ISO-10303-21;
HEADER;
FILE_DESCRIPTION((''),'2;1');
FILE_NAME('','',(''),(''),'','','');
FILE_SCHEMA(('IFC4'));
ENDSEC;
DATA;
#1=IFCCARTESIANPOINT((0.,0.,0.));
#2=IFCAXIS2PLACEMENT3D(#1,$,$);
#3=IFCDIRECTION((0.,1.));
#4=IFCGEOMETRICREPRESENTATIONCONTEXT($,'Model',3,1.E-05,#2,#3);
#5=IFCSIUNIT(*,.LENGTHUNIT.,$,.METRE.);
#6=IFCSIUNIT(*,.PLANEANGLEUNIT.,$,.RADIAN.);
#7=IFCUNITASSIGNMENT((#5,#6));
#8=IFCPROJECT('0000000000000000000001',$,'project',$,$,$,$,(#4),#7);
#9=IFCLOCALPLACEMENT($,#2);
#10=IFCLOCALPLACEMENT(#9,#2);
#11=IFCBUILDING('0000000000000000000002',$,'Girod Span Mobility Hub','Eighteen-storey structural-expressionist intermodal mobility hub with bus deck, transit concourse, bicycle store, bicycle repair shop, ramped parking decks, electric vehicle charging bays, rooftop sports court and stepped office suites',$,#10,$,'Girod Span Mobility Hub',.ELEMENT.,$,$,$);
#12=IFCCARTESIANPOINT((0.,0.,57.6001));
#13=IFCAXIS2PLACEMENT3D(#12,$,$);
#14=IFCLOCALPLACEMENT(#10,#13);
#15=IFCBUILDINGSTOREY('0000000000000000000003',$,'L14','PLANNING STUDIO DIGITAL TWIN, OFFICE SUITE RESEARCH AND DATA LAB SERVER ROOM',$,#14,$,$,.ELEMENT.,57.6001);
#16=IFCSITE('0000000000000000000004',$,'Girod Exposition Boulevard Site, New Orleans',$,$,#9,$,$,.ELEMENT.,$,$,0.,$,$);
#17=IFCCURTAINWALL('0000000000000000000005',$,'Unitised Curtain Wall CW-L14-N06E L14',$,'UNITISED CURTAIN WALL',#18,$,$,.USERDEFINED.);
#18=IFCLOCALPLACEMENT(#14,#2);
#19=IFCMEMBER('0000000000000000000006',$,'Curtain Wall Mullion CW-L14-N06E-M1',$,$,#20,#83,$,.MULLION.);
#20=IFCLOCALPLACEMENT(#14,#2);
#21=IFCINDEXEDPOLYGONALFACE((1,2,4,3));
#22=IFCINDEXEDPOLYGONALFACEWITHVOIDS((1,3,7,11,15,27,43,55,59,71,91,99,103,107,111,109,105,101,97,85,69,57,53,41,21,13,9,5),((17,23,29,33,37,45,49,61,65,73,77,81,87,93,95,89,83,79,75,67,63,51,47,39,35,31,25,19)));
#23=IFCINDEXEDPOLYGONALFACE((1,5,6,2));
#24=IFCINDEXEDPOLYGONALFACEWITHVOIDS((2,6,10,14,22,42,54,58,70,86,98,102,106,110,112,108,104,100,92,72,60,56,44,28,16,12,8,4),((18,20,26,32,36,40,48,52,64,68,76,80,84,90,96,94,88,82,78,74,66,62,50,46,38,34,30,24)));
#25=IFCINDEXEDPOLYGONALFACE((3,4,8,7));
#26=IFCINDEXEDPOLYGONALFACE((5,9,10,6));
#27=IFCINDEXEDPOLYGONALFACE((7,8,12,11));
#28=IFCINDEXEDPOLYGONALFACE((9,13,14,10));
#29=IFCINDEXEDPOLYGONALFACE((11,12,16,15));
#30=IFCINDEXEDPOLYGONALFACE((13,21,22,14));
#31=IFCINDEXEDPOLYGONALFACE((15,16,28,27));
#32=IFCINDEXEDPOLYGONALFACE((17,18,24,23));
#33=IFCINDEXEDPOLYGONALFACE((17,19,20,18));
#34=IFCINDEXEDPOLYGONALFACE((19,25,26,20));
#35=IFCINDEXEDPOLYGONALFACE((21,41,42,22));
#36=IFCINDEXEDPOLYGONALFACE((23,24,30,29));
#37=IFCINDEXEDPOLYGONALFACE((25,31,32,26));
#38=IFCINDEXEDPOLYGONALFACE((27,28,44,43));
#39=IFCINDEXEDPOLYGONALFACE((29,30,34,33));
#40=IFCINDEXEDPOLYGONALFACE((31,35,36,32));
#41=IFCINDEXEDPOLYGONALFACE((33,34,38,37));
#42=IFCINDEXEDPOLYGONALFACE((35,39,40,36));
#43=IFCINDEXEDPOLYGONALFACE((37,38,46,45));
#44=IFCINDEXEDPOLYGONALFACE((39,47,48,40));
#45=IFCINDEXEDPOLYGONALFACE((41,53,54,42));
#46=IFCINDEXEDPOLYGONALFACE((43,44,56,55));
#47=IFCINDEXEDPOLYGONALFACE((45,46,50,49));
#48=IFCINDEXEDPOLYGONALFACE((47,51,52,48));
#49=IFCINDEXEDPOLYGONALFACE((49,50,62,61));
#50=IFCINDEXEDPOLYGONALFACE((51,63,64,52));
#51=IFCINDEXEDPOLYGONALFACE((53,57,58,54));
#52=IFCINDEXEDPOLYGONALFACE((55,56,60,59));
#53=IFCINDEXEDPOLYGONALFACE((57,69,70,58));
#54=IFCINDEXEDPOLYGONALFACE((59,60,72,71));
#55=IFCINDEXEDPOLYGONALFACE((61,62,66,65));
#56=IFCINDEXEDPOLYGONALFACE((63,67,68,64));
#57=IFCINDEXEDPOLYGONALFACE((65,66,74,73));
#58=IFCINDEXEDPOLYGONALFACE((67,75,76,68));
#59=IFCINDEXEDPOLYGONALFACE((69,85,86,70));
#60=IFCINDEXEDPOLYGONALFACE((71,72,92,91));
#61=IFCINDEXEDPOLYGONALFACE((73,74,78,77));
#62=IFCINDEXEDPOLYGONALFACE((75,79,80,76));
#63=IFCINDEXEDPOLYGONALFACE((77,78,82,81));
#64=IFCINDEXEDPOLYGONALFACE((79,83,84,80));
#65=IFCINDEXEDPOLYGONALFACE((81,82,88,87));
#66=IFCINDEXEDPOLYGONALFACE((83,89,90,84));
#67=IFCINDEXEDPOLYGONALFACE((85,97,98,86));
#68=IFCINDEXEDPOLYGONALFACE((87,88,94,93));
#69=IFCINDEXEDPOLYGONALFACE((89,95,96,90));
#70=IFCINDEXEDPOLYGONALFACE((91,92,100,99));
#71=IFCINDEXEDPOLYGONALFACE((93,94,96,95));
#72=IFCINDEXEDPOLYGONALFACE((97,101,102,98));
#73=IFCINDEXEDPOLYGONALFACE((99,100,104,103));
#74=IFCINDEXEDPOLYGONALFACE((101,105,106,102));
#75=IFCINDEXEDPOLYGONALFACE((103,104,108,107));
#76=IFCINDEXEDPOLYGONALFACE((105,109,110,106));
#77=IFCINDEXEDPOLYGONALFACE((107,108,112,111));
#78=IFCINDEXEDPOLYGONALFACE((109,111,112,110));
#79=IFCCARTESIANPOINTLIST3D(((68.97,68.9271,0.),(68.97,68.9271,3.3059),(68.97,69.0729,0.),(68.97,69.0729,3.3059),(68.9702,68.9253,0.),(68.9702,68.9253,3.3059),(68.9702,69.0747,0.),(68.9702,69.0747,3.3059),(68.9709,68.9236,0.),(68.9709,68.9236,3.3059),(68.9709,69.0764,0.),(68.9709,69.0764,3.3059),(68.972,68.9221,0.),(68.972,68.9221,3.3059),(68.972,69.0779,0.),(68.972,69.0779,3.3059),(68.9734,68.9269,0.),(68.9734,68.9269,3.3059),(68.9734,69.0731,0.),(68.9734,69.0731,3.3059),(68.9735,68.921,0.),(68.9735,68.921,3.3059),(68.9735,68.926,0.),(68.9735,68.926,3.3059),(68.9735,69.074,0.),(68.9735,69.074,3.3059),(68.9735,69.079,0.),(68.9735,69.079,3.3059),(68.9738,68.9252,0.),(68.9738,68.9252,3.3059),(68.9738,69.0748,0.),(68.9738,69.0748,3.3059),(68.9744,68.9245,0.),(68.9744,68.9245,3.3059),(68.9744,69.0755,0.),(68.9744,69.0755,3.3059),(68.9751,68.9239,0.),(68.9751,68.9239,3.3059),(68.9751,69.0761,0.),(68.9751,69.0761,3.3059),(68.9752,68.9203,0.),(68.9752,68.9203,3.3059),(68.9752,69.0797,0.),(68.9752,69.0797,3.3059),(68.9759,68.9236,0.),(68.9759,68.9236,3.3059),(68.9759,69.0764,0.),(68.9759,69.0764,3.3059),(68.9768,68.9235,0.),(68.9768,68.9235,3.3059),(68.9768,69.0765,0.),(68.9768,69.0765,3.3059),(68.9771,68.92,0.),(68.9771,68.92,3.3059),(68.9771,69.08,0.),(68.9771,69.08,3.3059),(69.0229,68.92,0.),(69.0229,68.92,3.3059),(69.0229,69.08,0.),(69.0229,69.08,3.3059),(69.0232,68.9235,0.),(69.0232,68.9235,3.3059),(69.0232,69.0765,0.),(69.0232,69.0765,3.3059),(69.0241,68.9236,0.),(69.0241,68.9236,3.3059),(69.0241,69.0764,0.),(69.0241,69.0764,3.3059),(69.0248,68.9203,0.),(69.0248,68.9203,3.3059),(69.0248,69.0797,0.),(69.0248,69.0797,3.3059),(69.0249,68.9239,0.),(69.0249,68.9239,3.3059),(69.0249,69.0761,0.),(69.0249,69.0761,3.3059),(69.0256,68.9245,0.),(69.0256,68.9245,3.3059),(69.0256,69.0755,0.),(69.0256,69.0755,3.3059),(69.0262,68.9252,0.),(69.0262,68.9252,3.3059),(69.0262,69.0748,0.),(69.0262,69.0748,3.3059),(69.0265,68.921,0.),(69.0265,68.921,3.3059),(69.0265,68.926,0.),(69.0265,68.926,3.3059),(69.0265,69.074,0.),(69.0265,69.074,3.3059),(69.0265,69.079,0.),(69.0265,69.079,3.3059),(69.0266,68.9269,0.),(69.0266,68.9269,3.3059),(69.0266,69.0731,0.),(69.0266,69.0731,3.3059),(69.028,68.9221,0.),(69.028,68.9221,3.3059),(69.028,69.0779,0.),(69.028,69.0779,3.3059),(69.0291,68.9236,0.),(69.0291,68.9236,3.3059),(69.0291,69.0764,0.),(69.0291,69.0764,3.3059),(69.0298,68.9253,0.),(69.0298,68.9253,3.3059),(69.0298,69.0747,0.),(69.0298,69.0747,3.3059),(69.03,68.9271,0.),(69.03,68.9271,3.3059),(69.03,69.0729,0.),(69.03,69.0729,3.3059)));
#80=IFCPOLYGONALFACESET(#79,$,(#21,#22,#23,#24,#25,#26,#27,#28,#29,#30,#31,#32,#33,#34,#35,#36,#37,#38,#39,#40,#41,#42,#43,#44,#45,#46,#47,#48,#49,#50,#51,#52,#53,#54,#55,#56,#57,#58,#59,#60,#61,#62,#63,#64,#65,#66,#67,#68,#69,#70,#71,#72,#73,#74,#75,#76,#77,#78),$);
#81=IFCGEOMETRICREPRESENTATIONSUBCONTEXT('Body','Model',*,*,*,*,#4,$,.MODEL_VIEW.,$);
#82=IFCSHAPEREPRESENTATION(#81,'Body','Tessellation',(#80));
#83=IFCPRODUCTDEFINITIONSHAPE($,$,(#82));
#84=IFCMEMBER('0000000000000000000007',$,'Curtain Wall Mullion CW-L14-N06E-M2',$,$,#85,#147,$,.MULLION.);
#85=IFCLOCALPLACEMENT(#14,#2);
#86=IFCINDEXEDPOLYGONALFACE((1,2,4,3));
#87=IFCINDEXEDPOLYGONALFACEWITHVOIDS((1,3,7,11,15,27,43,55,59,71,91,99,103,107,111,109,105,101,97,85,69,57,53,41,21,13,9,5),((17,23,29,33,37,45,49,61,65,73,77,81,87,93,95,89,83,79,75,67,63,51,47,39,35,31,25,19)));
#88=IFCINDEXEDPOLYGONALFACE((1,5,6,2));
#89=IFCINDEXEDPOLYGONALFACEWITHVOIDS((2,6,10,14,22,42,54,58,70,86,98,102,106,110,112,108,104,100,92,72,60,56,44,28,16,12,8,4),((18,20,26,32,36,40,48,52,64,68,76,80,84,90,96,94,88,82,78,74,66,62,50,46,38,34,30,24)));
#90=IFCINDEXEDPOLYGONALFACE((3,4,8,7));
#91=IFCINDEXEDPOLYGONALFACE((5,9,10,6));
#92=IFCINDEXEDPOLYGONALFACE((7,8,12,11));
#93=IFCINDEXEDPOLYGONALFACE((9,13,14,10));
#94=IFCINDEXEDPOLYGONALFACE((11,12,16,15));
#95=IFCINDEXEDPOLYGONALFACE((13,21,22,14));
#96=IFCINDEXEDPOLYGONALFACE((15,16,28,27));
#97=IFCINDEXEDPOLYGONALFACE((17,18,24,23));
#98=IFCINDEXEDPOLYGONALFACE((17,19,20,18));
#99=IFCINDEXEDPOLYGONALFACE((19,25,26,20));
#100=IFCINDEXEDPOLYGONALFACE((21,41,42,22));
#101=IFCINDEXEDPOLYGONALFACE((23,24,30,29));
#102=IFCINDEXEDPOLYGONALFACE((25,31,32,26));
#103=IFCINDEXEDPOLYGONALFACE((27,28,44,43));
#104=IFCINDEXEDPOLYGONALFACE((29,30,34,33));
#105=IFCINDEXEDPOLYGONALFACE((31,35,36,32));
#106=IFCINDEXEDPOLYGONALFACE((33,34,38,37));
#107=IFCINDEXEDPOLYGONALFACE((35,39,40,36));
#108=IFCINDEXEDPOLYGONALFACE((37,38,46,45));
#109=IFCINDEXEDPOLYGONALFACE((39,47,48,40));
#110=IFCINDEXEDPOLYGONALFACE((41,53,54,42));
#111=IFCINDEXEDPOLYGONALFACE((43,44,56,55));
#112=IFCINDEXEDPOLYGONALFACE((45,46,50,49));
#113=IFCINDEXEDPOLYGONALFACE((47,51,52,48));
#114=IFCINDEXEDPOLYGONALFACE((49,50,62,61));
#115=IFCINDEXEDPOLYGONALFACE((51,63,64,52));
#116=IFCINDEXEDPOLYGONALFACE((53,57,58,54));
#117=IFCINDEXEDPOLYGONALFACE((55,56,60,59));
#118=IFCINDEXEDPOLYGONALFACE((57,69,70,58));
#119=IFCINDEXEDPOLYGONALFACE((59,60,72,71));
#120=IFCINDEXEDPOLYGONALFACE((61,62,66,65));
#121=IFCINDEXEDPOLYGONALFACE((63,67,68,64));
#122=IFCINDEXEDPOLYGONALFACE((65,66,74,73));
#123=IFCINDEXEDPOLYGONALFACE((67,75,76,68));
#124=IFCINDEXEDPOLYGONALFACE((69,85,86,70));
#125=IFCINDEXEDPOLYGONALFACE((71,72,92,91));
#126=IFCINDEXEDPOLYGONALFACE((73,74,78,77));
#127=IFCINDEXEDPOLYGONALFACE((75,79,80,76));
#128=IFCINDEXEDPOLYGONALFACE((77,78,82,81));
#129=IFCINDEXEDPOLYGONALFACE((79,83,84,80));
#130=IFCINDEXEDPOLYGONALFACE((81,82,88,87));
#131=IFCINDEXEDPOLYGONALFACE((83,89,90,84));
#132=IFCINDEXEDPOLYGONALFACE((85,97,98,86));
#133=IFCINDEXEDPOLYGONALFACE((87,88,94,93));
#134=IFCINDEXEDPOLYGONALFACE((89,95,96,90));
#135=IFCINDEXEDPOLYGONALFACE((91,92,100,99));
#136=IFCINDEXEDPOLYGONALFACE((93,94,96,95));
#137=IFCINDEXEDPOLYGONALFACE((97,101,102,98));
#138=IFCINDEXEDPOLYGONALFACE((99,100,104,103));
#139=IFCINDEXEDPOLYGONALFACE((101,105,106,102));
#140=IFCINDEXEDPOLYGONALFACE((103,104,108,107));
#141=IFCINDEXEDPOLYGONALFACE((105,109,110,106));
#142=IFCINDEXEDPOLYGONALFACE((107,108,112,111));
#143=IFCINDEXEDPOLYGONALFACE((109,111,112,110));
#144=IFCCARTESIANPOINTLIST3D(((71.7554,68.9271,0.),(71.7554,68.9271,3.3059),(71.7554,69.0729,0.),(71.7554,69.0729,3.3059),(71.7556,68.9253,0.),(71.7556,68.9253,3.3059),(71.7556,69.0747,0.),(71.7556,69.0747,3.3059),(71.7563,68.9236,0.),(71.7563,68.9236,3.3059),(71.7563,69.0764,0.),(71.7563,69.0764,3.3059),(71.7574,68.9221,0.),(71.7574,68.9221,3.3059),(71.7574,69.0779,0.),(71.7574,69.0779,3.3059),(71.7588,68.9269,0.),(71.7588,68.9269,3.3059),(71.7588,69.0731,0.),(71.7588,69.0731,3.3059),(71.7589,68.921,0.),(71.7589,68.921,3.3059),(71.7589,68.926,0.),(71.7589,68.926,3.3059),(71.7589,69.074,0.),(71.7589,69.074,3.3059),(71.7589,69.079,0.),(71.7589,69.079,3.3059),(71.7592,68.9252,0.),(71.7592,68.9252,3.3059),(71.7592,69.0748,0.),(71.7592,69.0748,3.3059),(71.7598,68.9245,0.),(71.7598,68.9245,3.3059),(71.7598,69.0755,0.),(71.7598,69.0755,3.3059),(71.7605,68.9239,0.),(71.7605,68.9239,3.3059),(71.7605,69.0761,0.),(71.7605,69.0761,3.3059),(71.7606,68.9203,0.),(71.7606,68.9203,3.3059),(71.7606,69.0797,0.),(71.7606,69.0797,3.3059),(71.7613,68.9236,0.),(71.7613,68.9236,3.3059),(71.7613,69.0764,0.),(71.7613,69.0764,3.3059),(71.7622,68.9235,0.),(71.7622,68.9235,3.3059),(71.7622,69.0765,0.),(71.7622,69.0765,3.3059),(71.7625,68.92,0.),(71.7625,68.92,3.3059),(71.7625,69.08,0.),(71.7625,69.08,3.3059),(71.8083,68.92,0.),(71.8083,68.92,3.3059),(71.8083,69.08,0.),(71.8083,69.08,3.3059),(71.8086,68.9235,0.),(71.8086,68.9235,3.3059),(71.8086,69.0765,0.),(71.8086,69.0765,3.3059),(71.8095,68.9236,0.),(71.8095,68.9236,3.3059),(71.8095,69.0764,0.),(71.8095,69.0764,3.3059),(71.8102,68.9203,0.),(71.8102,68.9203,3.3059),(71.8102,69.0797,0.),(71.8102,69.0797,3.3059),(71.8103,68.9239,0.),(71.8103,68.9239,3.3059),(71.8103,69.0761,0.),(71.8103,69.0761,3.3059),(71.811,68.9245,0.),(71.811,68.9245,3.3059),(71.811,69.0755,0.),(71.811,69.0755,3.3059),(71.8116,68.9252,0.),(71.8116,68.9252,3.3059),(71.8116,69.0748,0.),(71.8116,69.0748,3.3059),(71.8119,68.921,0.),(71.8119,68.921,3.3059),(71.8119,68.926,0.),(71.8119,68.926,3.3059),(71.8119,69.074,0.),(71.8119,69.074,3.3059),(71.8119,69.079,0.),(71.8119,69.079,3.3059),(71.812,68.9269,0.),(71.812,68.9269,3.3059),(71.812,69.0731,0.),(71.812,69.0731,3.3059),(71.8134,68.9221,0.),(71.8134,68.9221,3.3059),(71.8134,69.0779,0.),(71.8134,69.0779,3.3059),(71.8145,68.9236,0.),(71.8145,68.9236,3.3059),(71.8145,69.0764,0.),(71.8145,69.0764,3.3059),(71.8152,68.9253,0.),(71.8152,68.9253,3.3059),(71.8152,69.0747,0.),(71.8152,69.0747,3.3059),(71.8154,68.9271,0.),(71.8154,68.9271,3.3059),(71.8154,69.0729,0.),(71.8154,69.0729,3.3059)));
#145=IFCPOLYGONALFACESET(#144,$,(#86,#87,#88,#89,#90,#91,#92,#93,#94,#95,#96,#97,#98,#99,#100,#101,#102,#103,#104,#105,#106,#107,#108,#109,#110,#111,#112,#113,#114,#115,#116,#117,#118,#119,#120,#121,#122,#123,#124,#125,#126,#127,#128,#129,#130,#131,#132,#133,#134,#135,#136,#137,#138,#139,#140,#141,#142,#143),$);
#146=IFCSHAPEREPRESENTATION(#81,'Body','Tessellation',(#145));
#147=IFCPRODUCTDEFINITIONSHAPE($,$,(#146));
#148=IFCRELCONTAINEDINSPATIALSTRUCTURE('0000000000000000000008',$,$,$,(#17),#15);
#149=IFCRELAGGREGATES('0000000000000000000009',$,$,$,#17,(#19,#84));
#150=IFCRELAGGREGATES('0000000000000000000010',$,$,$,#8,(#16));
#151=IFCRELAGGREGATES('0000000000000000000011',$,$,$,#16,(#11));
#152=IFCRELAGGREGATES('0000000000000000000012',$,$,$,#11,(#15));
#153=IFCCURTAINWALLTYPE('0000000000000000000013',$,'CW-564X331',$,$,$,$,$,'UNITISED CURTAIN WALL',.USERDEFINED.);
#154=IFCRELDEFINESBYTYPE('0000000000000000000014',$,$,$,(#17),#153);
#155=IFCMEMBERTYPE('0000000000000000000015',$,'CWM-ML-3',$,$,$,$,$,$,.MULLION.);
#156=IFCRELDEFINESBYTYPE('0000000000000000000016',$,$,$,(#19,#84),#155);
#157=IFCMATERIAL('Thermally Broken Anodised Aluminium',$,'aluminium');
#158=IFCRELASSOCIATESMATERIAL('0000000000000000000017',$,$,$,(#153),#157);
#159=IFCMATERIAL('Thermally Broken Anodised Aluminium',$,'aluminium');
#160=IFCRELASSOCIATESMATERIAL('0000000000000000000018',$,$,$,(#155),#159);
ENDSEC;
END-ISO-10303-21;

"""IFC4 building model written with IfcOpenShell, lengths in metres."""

from ifc_helpers import new_model, si_unit, direction, frame, origin, origin_2d, place, context, subcontext, project, spatial, hollow_rectangle, extrude, material, material_profile, profile_set, type_object, element, aggregate, save


model = new_model("IFC4")

# Units and contexts
model_context = context("Model", 3, precision=1e-05, world=origin(), true_north=direction((0.0, 1.0)))
body_context = subcontext(model_context, "Body", "Model", "MODEL_VIEW")
ifc_project = project(units=[si_unit("LENGTHUNIT", "METRE"), si_unit("PLANEANGLEUNIT", "RADIAN")], contexts=[model_context])

# Site, building, storey
site_placement = place(None, origin())
site = spatial("IfcSite", under=ifc_project, at=site_placement, Name="Girod Exposition Boulevard Site, New Orleans", CompositionType="ELEMENT", RefElevation=0.0)
building_placement = place(site_placement, origin())
building = spatial("IfcBuilding", under=site, at=building_placement, Name="Girod Span Mobility Hub", Description="Eighteen-storey structural-expressionist intermodal mobility hub with bus deck, transit concourse, bicycle store, bicycle repair shop, ramped parking decks, electric vehicle charging bays, rooftop sports court and stepped office suites", LongName="Girod Span Mobility Hub", CompositionType="ELEMENT")
storey_placement = place(building_placement, frame((0.0, 0.0, 57.6001)))
storey = spatial("IfcBuildingStorey", under=building, at=storey_placement, Name="L14", Description="PLANNING STUDIO DIGITAL TWIN, OFFICE SUITE RESEARCH AND DATA LAB SERVER ROOM", CompositionType="ELEMENT", Elevation=57.6001)

# Curtain wall, members
ifc_material_1 = material(Name="Thermally Broken Anodised Aluminium", Category="aluminium")
curtain_wall_type = type_object("IfcCurtainWallType", Name="CW-564X331", ElementType="UNITISED CURTAIN WALL", PredefinedType="USERDEFINED", material=ifc_material_1)
curtain_wall_1_placement = place(storey_placement, origin())
curtain_wall_1 = element("IfcCurtainWall", 1, at=curtain_wall_1_placement, inside=storey, type_object=curtain_wall_type, Name="Unitised Curtain Wall CW-L14-N06E L14", ObjectType="UNITISED CURTAIN WALL", PredefinedType="USERDEFINED")
ifc_material_2 = material(Name="Thermally Broken Anodised Aluminium", Category="aluminium")
ifc_material_profile_1 = material_profile(ifc_material_2, hollow_rectangle(XDim=0.1599, YDim=0.0601, WallThickness=0.0034, InnerFilletRadius=0.0034, OuterFilletRadius=0.0071, at=origin_2d()), Name="CW-ML-60X160")
ifc_profile_set_1 = profile_set([ifc_material_profile_1], Name="Thermally Broken Anodised Aluminium")
member_type_1 = type_object("IfcMemberType", Name="CWM-ML-3", PredefinedType="MULLION", material=ifc_profile_set_1)
member_1_placement = place(storey_placement, frame((69.0, 69.0, 0.0), z_axis=(0.0, 0.0, 1.0), x_axis=(0.0, 1.0, 0.0)))
member_1 = element("IfcMember", 2, at=member_1_placement, type_object=member_type_1, Name="Curtain Wall Mullion CW-L14-N06E-M1", PredefinedType="MULLION", context=body_context, shape_type="SweptSolid", body=[
    extrude(hollow_rectangle(XDim=0.1599, YDim=0.0601, WallThickness=0.0034, InnerFilletRadius=0.0034, OuterFilletRadius=0.0071, at=origin_2d()), origin(), (0.0, 0.0, 1.0), 3.3059),
])
member_2_placement = place(storey_placement, frame((71.7854, 69.0, 0.0), z_axis=(0.0, 0.0, 1.0), x_axis=(0.0, 1.0, 0.0)))
member_2 = element("IfcMember", 3, at=member_2_placement, type_object=member_type_1, Name="Curtain Wall Mullion CW-L14-N06E-M2", PredefinedType="MULLION", context=body_context, shape_type="SweptSolid", body=[
    extrude(hollow_rectangle(XDim=0.1599, YDim=0.0601, WallThickness=0.0034, InnerFilletRadius=0.0034, OuterFilletRadius=0.0071, at=origin_2d()), origin(), (0.0, 0.0, 1.0), 3.3059),
])

aggregate(curtain_wall_1, [member_1, member_2])

save(model, "model.ifc")
